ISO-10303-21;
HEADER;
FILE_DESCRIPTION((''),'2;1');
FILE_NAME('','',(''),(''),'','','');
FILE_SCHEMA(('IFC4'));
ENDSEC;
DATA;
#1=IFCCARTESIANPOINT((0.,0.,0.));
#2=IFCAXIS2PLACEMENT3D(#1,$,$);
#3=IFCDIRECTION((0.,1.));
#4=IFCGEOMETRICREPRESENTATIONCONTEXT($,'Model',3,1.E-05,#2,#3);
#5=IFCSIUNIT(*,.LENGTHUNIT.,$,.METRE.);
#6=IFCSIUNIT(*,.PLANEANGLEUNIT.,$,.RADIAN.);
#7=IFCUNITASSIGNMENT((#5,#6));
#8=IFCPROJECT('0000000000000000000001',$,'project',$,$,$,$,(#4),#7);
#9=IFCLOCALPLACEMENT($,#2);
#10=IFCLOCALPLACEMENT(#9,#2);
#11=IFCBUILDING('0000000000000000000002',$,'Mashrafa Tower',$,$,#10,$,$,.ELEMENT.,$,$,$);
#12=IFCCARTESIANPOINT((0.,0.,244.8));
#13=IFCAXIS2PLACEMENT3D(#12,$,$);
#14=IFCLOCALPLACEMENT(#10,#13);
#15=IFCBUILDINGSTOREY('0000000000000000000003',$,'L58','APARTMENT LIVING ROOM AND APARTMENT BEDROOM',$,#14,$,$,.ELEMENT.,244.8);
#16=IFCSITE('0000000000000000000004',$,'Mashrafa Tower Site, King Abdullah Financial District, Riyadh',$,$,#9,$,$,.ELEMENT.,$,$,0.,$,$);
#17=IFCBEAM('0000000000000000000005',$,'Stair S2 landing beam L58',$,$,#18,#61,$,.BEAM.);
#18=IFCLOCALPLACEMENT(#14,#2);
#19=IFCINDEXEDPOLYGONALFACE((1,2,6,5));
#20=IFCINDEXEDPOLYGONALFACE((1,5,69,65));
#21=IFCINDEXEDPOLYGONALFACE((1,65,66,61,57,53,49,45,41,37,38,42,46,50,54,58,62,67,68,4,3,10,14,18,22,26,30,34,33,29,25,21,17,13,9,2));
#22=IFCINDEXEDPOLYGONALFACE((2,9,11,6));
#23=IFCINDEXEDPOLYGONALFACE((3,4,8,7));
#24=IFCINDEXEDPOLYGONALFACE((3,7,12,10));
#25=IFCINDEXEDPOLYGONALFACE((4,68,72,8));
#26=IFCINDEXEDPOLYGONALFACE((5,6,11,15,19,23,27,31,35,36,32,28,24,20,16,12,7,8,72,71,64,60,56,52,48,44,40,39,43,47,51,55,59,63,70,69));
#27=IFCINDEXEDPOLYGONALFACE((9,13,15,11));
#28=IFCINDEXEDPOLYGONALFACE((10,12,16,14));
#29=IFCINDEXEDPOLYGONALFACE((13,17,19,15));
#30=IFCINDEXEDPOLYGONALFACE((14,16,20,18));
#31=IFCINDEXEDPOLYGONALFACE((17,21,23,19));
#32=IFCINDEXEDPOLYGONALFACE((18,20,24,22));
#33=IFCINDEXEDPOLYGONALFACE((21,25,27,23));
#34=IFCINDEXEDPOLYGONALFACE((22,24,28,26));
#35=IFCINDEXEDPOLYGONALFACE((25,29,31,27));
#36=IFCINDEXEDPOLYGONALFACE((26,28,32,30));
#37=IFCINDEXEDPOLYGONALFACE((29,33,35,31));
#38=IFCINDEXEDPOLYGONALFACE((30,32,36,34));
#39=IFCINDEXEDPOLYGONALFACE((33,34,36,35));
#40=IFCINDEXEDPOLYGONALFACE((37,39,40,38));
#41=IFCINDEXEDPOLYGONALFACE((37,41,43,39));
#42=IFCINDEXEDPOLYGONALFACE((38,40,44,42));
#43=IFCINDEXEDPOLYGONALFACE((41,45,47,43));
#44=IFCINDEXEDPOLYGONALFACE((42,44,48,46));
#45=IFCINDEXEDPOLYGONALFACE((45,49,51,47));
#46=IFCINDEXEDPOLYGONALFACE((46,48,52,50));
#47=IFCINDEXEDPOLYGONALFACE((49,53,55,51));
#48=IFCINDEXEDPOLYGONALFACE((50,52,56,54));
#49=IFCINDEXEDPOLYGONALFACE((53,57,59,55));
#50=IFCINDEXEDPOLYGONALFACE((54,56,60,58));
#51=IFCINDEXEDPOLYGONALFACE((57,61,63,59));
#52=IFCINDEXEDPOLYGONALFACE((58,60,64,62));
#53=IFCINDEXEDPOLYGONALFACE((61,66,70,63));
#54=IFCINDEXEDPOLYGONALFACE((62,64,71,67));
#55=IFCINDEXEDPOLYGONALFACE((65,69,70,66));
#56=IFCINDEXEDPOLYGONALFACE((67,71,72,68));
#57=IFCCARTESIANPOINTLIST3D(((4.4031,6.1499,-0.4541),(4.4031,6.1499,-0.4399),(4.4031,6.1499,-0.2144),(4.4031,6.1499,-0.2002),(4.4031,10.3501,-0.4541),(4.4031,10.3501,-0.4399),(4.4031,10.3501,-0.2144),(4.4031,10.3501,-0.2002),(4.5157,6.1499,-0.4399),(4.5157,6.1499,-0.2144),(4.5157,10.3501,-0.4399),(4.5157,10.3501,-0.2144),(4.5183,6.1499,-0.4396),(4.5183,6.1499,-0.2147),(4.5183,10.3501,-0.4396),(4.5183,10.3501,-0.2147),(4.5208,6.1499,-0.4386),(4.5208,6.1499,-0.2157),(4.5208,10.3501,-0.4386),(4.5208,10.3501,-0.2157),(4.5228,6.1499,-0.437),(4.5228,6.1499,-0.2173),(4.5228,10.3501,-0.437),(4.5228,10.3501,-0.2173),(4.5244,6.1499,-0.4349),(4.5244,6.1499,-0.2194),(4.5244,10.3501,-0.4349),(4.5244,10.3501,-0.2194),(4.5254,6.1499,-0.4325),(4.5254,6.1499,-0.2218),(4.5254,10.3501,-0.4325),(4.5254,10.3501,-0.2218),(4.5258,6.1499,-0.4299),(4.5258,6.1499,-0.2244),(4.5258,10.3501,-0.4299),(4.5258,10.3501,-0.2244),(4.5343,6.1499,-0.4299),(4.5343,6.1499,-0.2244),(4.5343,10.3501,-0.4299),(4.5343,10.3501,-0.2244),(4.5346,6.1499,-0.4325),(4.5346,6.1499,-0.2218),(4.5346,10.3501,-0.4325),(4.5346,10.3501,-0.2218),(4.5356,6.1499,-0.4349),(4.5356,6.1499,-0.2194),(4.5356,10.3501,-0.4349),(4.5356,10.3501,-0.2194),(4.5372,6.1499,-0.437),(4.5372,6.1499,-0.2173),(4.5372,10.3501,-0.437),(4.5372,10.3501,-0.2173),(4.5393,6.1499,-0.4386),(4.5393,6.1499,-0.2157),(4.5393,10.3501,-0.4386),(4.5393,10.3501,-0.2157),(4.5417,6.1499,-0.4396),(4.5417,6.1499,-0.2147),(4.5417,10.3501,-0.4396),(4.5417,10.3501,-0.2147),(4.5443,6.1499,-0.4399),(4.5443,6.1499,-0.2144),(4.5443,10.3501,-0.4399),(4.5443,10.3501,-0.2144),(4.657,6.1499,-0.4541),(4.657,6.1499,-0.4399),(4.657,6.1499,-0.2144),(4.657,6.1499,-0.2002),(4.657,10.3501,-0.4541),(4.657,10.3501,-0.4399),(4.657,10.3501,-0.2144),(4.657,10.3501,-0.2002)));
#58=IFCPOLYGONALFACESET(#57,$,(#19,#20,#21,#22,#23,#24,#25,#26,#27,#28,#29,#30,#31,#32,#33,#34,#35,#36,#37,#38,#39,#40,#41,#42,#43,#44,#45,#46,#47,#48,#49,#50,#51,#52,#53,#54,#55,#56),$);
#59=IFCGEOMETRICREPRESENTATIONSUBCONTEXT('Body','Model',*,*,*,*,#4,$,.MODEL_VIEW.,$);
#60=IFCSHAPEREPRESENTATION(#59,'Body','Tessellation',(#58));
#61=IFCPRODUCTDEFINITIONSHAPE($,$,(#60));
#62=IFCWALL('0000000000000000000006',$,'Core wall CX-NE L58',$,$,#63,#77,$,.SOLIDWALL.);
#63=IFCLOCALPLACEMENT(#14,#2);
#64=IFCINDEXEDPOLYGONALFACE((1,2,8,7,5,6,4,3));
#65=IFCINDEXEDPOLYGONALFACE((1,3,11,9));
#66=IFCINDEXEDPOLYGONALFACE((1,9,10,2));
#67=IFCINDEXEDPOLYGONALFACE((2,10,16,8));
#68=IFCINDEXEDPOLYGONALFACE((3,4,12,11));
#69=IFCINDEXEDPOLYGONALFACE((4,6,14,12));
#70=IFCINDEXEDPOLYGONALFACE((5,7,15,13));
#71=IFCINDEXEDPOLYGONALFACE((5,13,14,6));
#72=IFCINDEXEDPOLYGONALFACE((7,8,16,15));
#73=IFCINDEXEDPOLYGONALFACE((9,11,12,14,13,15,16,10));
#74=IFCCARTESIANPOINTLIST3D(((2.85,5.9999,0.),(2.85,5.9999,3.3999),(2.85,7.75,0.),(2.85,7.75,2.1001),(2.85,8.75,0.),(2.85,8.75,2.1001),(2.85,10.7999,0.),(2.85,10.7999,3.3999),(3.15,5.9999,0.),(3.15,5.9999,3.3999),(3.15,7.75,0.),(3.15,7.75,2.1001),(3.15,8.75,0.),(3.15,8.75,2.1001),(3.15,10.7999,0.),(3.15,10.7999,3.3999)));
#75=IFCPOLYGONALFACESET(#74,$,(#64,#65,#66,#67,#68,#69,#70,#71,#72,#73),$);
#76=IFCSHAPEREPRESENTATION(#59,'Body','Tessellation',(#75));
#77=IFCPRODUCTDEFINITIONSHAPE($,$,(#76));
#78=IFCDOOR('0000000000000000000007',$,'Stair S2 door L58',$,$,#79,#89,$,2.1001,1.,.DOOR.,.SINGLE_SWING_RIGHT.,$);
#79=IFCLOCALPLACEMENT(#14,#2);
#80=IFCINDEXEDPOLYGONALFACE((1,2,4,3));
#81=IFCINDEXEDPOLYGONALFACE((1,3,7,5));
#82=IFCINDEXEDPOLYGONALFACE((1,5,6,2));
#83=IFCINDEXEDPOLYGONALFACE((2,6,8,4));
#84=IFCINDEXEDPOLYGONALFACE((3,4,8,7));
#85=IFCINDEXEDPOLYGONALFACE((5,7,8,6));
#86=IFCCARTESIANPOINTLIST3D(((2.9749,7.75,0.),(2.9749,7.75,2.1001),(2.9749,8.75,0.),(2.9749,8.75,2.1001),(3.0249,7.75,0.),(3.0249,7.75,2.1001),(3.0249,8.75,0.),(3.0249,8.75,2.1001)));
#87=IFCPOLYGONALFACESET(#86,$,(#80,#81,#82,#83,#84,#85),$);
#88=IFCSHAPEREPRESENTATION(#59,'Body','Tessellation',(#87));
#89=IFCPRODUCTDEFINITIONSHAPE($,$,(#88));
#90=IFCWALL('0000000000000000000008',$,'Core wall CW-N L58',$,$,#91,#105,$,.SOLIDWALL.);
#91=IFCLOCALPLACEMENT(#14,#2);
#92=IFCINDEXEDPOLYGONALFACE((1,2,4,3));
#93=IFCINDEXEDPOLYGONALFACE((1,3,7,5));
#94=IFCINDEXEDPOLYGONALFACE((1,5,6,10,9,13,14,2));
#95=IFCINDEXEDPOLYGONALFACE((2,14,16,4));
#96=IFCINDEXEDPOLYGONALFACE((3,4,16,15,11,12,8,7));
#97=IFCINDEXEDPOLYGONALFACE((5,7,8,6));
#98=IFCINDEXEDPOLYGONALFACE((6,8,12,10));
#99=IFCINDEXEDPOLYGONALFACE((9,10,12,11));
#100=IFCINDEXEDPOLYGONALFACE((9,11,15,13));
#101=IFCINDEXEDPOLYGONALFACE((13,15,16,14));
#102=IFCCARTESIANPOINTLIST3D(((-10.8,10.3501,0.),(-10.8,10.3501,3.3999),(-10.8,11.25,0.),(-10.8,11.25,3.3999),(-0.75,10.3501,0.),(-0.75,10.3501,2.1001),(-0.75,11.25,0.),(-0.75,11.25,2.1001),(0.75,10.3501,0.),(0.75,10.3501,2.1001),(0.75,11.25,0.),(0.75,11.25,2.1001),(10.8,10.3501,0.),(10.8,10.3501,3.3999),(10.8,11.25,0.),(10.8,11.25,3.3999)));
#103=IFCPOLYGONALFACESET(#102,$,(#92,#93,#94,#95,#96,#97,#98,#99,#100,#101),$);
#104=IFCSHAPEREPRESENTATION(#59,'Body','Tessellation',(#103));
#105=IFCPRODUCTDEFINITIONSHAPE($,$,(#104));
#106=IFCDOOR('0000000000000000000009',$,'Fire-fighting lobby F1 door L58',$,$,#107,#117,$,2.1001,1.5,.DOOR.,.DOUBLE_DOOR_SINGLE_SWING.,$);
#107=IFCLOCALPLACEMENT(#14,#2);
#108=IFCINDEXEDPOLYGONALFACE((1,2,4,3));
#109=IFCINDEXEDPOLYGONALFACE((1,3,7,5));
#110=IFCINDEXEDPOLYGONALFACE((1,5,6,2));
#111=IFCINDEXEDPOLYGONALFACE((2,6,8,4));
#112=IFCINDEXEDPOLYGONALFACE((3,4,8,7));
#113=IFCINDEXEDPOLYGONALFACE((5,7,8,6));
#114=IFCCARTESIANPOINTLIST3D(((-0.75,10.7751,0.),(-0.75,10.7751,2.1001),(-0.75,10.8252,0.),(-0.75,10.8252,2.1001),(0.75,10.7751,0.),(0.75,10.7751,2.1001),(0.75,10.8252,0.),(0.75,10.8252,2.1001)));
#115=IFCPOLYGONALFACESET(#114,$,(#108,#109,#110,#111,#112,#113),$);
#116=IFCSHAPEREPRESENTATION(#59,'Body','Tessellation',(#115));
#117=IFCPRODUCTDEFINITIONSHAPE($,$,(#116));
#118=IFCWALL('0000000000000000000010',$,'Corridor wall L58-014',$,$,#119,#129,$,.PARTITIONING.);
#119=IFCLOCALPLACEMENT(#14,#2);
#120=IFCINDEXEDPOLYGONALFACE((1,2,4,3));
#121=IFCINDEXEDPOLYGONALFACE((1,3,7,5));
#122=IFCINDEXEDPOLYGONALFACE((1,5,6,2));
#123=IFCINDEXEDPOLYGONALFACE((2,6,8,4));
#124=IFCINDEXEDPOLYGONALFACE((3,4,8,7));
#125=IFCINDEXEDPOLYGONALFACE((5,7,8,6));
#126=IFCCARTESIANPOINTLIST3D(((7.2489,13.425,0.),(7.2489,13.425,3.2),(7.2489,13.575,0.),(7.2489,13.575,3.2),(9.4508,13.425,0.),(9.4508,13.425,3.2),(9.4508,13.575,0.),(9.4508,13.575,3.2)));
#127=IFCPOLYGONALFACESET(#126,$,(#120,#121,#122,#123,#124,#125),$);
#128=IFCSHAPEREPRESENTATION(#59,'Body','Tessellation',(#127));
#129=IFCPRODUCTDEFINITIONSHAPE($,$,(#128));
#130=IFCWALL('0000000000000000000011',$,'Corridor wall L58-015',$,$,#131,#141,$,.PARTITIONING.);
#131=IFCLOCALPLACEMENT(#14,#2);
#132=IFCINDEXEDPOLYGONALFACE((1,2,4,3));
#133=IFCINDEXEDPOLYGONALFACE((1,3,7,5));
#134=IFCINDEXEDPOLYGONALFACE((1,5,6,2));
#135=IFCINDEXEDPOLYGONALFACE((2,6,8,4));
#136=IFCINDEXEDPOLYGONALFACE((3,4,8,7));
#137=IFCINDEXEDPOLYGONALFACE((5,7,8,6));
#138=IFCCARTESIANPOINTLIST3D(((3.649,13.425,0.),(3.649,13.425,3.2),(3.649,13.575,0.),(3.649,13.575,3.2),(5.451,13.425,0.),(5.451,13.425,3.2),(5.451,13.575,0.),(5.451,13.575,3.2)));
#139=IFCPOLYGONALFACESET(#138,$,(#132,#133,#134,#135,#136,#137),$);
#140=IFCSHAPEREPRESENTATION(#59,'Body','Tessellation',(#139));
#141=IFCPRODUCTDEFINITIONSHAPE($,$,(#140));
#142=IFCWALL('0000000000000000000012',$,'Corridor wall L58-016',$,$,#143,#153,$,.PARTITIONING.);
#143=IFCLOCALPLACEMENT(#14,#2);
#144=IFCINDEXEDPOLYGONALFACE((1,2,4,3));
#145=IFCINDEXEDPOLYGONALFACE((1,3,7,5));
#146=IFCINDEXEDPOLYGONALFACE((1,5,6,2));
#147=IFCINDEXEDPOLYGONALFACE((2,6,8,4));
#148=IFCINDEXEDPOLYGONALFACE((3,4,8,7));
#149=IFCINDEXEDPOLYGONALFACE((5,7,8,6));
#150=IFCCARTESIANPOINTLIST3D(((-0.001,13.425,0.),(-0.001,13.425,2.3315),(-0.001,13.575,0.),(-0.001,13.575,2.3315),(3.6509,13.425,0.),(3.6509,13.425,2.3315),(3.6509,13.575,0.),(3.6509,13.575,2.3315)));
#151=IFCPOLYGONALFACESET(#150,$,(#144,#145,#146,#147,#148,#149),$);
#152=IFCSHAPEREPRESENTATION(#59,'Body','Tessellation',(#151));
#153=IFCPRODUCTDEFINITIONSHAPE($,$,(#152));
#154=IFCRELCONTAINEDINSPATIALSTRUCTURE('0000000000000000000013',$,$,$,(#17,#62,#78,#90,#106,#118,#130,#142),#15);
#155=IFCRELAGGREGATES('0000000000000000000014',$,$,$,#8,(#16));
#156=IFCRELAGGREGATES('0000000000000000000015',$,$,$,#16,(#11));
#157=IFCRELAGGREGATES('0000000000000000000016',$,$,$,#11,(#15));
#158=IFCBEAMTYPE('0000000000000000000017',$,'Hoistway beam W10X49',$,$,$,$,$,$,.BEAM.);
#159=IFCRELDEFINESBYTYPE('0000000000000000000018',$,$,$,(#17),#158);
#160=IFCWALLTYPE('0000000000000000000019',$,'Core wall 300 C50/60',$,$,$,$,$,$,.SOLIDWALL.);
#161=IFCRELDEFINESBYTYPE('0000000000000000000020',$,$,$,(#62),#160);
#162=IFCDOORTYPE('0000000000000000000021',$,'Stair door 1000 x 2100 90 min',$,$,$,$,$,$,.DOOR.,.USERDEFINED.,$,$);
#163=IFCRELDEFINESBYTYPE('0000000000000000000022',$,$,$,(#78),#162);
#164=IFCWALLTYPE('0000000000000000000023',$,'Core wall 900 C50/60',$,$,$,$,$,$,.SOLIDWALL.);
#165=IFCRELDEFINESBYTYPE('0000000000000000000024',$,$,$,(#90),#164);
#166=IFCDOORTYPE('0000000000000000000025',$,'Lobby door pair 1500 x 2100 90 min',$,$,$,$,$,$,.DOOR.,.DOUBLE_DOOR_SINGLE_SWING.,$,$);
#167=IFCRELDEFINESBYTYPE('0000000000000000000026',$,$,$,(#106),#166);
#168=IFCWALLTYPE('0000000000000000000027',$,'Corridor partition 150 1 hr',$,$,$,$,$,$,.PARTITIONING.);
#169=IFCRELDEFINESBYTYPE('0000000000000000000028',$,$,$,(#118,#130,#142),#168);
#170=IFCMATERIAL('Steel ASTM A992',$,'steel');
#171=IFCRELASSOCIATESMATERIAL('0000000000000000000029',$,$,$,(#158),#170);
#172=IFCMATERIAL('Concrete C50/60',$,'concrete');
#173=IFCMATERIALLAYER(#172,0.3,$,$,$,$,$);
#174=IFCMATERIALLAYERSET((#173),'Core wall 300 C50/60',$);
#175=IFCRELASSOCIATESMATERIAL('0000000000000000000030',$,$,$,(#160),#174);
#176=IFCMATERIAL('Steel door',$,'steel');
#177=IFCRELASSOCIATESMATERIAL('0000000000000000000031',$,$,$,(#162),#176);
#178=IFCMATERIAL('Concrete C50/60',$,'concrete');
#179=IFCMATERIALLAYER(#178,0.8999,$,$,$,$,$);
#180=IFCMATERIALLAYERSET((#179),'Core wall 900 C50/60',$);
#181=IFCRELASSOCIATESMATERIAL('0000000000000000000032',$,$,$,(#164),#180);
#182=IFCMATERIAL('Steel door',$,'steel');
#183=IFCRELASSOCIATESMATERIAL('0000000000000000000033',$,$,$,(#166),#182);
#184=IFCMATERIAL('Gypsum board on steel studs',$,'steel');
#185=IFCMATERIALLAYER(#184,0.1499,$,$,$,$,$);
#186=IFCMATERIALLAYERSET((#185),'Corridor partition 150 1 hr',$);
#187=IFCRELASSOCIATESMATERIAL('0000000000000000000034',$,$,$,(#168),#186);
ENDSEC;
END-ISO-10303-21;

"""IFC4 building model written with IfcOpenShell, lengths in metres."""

from ifc_helpers import new_model, si_unit, direction, frame, frame_2d, origin, origin_2d, place, context, subcontext, project, spatial, rectangle, i_section, extrude, material, layer, layer_set, material_profile, profile_set, type_object, element, fill, save


model = new_model("IFC4")

# Units and contexts
model_context = context("Model", 3, precision=1e-05, world=origin(), true_north=direction((0.0, 1.0)))
body_context = subcontext(model_context, "Body", "Model", "MODEL_VIEW")
ifc_project = project(units=[si_unit("LENGTHUNIT", "METRE"), si_unit("PLANEANGLEUNIT", "RADIAN")], contexts=[model_context])

# Site, building, storey
site_placement = place(None, origin())
site = spatial("IfcSite", under=ifc_project, at=site_placement, Name="Mashrafa Tower Site, King Abdullah Financial District, Riyadh", CompositionType="ELEMENT", RefElevation=0.0)
building_placement = place(site_placement, origin())
building = spatial("IfcBuilding", under=site, at=building_placement, Name="Mashrafa Tower", CompositionType="ELEMENT")
storey_placement = place(building_placement, frame((0.0, 0.0, 244.8)))
storey = spatial("IfcBuildingStorey", under=building, at=storey_placement, Name="L58", Description="APARTMENT LIVING ROOM AND APARTMENT BEDROOM", CompositionType="ELEMENT", Elevation=244.8)

# Beam
ifc_material_1 = material(Name="Steel ASTM A992", Category="steel")
ifc_material_profile_1 = material_profile(ifc_material_1, i_section(OverallWidth=0.2539, OverallDepth=0.2539, WebThickness=0.0085, FlangeThickness=0.0142, FilletRadius=0.01, at=origin_2d()), Name="W10X49")
ifc_profile_set_1 = profile_set([ifc_material_profile_1], Name="Steel ASTM A992")
beam_type_1 = type_object("IfcBeamType", Name="Hoistway beam W10X49", PredefinedType="BEAM", material=ifc_profile_set_1)
beam_1_placement = place(storey_placement, frame((4.53, 6.1499, -0.3271), z_axis=(0.0, 1.0, 0.0), x_axis=(-1.0, 0.0, 0.0)))
element("IfcBeam", 1, at=beam_1_placement, inside=storey, type_object=beam_type_1, Name="Stair S2 landing beam L58", PredefinedType="BEAM", context=body_context, shape_type="SweptSolid", body=[
    extrude(i_section(OverallWidth=0.2539, OverallDepth=0.2539, WebThickness=0.0085, FlangeThickness=0.0142, FilletRadius=0.01, at=origin_2d()), origin(), (0.0, 0.0, 1.0), 4.2002),
])

# Walls, openings, doors
ifc_material_2 = material(Name="Concrete C50/60", Category="concrete")
ifc_layer_1 = layer(ifc_material_2, 0.3)
ifc_layer_set_1 = layer_set([ifc_layer_1], Name="Core wall 300 C50/60")
wall_type_1 = type_object("IfcWallType", Name="Core wall 300 C50/60", PredefinedType="SOLIDWALL", material=ifc_layer_set_1)
wall_1_placement = place(storey_placement, frame((3.0, 6.0, 0.0), z_axis=(0.0, 0.0, 1.0), x_axis=(0.0, 1.0, 0.0)))
wall_1 = element("IfcWall", 2, at=wall_1_placement, inside=storey, type_object=wall_type_1, Name="Core wall CX-NE L58", PredefinedType="SOLIDWALL", context=body_context, shape_type="SweptSolid", body=[
    extrude(rectangle(XDim=4.8, YDim=0.3, at=frame_2d((2.3999, 0.0))), origin(), (0.0, 0.0, 1.0), 3.3999),
])
opening_1_placement = place(wall_1_placement, frame((1.75, 0.0, 0.0)))
opening_1 = element("IfcOpeningElement", 3, at=opening_1_placement, cuts=wall_1, PredefinedType="OPENING", context=body_context, shape_type="SweptSolid", body=[
    extrude(rectangle(XDim=1.0, YDim=2.1001, at=frame_2d((0.5, 1.05))), frame((0.0, 0.1599, 0.0), z_axis=(0.0, -1.0, 0.0), x_axis=(1.0, 0.0, 0.0)), (0.0, 0.0, 1.0), 0.3201),
])
ifc_material_3 = material(Name="Steel door", Category="steel")
door_type_1 = type_object("IfcDoorType", Name="Stair door 1000 x 2100 90 min", OperationType="USERDEFINED", PredefinedType="DOOR", material=ifc_material_3)
door_1_placement = place(opening_1_placement, frame((1.0, 0.0, 0.0), z_axis=(0.0, 0.0, 1.0), x_axis=(-1.0, 0.0, 0.0)))
door_1 = element("IfcDoor", 4, at=door_1_placement, inside=storey, type_object=door_type_1, Name="Stair S2 door L58", OperationType="SINGLE_SWING_RIGHT", OverallHeight=2.1001, OverallWidth=1.0, PredefinedType="DOOR", context=body_context, shape_type="SweptSolid", body=[
    extrude(rectangle(XDim=1.0, YDim=2.1001, at=frame_2d((0.5, 1.05))), frame((0.0, 0.0249, 0.0), z_axis=(0.0, -1.0, 0.0), x_axis=(1.0, 0.0, 0.0)), (0.0, 0.0, 1.0), 0.05),
])
fill(opening_1, door_1)
ifc_material_4 = material(Name="Concrete C50/60", Category="concrete")
ifc_layer_2 = layer(ifc_material_4, 0.8999)
ifc_layer_set_2 = layer_set([ifc_layer_2], Name="Core wall 900 C50/60")
wall_type_2 = type_object("IfcWallType", Name="Core wall 900 C50/60", PredefinedType="SOLIDWALL", material=ifc_layer_set_2)
wall_2_placement = place(storey_placement, frame((10.8, 10.8, 0.0), z_axis=(0.0, 0.0, 1.0), x_axis=(-1.0, 0.0, 0.0)))
wall_2 = element("IfcWall", 5, at=wall_2_placement, inside=storey, type_object=wall_type_2, Name="Core wall CW-N L58", PredefinedType="SOLIDWALL", context=body_context, shape_type="SweptSolid", body=[
    extrude(rectangle(XDim=21.6001, YDim=0.8999, at=frame_2d((10.8, 0.0))), origin(), (0.0, 0.0, 1.0), 3.3999),
])
opening_2_placement = place(wall_2_placement, frame((10.05, 0.0, 0.0)))
opening_2 = element("IfcOpeningElement", 6, at=opening_2_placement, cuts=wall_2, PredefinedType="OPENING", context=body_context, shape_type="SweptSolid", body=[
    extrude(rectangle(XDim=1.5, YDim=2.1001, at=frame_2d((0.75, 1.05))), frame((0.0, 0.46, 0.0), z_axis=(0.0, -1.0, 0.0), x_axis=(1.0, 0.0, 0.0)), (0.0, 0.0, 1.0), 0.9199),
])
ifc_material_5 = material(Name="Steel door", Category="steel")
door_type_2 = type_object("IfcDoorType", Name="Lobby door pair 1500 x 2100 90 min", OperationType="DOUBLE_DOOR_SINGLE_SWING", PredefinedType="DOOR", material=ifc_material_5)
door_2_placement = place(opening_2_placement, origin())
door_2 = element("IfcDoor", 7, at=door_2_placement, inside=storey, type_object=door_type_2, Name="Fire-fighting lobby F1 door L58", OperationType="DOUBLE_DOOR_SINGLE_SWING", OverallHeight=2.1001, OverallWidth=1.5, PredefinedType="DOOR", context=body_context, shape_type="SweptSolid", body=[
    extrude(rectangle(XDim=1.5, YDim=2.1001, at=frame_2d((0.75, 1.05))), frame((0.0, 0.0249, 0.0), z_axis=(0.0, -1.0, 0.0), x_axis=(1.0, 0.0, 0.0)), (0.0, 0.0, 1.0), 0.05),
])
fill(opening_2, door_2)

# Walls
ifc_material_6 = material(Name="Gypsum board on steel studs", Category="steel")
ifc_layer_3 = layer(ifc_material_6, 0.1499)
ifc_layer_set_3 = layer_set([ifc_layer_3], Name="Corridor partition 150 1 hr")
wall_type_3 = type_object("IfcWallType", Name="Corridor partition 150 1 hr", PredefinedType="PARTITIONING", material=ifc_layer_set_3)
wall_3_placement = place(storey_placement, frame((9.4509, 13.5, 0.0), z_axis=(0.0, 0.0, 1.0), x_axis=(-1.0, 0.0, 0.0)))
element("IfcWall", 8, at=wall_3_placement, inside=storey, type_object=wall_type_3, Name="Corridor wall L58-014", PredefinedType="PARTITIONING", context=body_context, shape_type="SweptSolid", body=[
    extrude(rectangle(XDim=2.2019, YDim=0.1499, at=frame_2d((1.1011, 0.0))), origin(), (0.0, 0.0, 1.0), 3.2),
])
wall_4_placement = place(storey_placement, frame((5.4509, 13.5, 0.0), z_axis=(0.0, 0.0, 1.0), x_axis=(-1.0, 0.0, 0.0)))
element("IfcWall", 9, at=wall_4_placement, inside=storey, type_object=wall_type_3, Name="Corridor wall L58-015", PredefinedType="PARTITIONING", context=body_context, shape_type="SweptSolid", body=[
    extrude(rectangle(XDim=1.802, YDim=0.1499, at=frame_2d((0.9009, 0.0))), origin(), (0.0, 0.0, 1.0), 3.2),
])
wall_5_placement = place(storey_placement, frame((3.6509, 13.5, 0.0), z_axis=(0.0, 0.0, 1.0), x_axis=(-1.0, 0.0, 0.0)))
element("IfcWall", 10, at=wall_5_placement, inside=storey, type_object=wall_type_3, Name="Corridor wall L58-016", PredefinedType="PARTITIONING", context=body_context, shape_type="SweptSolid", body=[
    extrude(rectangle(XDim=3.6519, YDim=0.1499, at=frame_2d((1.8259, 0.0))), origin(), (0.0, 0.0, 1.0), 2.3315),
])

save(model, "model.ifc")
